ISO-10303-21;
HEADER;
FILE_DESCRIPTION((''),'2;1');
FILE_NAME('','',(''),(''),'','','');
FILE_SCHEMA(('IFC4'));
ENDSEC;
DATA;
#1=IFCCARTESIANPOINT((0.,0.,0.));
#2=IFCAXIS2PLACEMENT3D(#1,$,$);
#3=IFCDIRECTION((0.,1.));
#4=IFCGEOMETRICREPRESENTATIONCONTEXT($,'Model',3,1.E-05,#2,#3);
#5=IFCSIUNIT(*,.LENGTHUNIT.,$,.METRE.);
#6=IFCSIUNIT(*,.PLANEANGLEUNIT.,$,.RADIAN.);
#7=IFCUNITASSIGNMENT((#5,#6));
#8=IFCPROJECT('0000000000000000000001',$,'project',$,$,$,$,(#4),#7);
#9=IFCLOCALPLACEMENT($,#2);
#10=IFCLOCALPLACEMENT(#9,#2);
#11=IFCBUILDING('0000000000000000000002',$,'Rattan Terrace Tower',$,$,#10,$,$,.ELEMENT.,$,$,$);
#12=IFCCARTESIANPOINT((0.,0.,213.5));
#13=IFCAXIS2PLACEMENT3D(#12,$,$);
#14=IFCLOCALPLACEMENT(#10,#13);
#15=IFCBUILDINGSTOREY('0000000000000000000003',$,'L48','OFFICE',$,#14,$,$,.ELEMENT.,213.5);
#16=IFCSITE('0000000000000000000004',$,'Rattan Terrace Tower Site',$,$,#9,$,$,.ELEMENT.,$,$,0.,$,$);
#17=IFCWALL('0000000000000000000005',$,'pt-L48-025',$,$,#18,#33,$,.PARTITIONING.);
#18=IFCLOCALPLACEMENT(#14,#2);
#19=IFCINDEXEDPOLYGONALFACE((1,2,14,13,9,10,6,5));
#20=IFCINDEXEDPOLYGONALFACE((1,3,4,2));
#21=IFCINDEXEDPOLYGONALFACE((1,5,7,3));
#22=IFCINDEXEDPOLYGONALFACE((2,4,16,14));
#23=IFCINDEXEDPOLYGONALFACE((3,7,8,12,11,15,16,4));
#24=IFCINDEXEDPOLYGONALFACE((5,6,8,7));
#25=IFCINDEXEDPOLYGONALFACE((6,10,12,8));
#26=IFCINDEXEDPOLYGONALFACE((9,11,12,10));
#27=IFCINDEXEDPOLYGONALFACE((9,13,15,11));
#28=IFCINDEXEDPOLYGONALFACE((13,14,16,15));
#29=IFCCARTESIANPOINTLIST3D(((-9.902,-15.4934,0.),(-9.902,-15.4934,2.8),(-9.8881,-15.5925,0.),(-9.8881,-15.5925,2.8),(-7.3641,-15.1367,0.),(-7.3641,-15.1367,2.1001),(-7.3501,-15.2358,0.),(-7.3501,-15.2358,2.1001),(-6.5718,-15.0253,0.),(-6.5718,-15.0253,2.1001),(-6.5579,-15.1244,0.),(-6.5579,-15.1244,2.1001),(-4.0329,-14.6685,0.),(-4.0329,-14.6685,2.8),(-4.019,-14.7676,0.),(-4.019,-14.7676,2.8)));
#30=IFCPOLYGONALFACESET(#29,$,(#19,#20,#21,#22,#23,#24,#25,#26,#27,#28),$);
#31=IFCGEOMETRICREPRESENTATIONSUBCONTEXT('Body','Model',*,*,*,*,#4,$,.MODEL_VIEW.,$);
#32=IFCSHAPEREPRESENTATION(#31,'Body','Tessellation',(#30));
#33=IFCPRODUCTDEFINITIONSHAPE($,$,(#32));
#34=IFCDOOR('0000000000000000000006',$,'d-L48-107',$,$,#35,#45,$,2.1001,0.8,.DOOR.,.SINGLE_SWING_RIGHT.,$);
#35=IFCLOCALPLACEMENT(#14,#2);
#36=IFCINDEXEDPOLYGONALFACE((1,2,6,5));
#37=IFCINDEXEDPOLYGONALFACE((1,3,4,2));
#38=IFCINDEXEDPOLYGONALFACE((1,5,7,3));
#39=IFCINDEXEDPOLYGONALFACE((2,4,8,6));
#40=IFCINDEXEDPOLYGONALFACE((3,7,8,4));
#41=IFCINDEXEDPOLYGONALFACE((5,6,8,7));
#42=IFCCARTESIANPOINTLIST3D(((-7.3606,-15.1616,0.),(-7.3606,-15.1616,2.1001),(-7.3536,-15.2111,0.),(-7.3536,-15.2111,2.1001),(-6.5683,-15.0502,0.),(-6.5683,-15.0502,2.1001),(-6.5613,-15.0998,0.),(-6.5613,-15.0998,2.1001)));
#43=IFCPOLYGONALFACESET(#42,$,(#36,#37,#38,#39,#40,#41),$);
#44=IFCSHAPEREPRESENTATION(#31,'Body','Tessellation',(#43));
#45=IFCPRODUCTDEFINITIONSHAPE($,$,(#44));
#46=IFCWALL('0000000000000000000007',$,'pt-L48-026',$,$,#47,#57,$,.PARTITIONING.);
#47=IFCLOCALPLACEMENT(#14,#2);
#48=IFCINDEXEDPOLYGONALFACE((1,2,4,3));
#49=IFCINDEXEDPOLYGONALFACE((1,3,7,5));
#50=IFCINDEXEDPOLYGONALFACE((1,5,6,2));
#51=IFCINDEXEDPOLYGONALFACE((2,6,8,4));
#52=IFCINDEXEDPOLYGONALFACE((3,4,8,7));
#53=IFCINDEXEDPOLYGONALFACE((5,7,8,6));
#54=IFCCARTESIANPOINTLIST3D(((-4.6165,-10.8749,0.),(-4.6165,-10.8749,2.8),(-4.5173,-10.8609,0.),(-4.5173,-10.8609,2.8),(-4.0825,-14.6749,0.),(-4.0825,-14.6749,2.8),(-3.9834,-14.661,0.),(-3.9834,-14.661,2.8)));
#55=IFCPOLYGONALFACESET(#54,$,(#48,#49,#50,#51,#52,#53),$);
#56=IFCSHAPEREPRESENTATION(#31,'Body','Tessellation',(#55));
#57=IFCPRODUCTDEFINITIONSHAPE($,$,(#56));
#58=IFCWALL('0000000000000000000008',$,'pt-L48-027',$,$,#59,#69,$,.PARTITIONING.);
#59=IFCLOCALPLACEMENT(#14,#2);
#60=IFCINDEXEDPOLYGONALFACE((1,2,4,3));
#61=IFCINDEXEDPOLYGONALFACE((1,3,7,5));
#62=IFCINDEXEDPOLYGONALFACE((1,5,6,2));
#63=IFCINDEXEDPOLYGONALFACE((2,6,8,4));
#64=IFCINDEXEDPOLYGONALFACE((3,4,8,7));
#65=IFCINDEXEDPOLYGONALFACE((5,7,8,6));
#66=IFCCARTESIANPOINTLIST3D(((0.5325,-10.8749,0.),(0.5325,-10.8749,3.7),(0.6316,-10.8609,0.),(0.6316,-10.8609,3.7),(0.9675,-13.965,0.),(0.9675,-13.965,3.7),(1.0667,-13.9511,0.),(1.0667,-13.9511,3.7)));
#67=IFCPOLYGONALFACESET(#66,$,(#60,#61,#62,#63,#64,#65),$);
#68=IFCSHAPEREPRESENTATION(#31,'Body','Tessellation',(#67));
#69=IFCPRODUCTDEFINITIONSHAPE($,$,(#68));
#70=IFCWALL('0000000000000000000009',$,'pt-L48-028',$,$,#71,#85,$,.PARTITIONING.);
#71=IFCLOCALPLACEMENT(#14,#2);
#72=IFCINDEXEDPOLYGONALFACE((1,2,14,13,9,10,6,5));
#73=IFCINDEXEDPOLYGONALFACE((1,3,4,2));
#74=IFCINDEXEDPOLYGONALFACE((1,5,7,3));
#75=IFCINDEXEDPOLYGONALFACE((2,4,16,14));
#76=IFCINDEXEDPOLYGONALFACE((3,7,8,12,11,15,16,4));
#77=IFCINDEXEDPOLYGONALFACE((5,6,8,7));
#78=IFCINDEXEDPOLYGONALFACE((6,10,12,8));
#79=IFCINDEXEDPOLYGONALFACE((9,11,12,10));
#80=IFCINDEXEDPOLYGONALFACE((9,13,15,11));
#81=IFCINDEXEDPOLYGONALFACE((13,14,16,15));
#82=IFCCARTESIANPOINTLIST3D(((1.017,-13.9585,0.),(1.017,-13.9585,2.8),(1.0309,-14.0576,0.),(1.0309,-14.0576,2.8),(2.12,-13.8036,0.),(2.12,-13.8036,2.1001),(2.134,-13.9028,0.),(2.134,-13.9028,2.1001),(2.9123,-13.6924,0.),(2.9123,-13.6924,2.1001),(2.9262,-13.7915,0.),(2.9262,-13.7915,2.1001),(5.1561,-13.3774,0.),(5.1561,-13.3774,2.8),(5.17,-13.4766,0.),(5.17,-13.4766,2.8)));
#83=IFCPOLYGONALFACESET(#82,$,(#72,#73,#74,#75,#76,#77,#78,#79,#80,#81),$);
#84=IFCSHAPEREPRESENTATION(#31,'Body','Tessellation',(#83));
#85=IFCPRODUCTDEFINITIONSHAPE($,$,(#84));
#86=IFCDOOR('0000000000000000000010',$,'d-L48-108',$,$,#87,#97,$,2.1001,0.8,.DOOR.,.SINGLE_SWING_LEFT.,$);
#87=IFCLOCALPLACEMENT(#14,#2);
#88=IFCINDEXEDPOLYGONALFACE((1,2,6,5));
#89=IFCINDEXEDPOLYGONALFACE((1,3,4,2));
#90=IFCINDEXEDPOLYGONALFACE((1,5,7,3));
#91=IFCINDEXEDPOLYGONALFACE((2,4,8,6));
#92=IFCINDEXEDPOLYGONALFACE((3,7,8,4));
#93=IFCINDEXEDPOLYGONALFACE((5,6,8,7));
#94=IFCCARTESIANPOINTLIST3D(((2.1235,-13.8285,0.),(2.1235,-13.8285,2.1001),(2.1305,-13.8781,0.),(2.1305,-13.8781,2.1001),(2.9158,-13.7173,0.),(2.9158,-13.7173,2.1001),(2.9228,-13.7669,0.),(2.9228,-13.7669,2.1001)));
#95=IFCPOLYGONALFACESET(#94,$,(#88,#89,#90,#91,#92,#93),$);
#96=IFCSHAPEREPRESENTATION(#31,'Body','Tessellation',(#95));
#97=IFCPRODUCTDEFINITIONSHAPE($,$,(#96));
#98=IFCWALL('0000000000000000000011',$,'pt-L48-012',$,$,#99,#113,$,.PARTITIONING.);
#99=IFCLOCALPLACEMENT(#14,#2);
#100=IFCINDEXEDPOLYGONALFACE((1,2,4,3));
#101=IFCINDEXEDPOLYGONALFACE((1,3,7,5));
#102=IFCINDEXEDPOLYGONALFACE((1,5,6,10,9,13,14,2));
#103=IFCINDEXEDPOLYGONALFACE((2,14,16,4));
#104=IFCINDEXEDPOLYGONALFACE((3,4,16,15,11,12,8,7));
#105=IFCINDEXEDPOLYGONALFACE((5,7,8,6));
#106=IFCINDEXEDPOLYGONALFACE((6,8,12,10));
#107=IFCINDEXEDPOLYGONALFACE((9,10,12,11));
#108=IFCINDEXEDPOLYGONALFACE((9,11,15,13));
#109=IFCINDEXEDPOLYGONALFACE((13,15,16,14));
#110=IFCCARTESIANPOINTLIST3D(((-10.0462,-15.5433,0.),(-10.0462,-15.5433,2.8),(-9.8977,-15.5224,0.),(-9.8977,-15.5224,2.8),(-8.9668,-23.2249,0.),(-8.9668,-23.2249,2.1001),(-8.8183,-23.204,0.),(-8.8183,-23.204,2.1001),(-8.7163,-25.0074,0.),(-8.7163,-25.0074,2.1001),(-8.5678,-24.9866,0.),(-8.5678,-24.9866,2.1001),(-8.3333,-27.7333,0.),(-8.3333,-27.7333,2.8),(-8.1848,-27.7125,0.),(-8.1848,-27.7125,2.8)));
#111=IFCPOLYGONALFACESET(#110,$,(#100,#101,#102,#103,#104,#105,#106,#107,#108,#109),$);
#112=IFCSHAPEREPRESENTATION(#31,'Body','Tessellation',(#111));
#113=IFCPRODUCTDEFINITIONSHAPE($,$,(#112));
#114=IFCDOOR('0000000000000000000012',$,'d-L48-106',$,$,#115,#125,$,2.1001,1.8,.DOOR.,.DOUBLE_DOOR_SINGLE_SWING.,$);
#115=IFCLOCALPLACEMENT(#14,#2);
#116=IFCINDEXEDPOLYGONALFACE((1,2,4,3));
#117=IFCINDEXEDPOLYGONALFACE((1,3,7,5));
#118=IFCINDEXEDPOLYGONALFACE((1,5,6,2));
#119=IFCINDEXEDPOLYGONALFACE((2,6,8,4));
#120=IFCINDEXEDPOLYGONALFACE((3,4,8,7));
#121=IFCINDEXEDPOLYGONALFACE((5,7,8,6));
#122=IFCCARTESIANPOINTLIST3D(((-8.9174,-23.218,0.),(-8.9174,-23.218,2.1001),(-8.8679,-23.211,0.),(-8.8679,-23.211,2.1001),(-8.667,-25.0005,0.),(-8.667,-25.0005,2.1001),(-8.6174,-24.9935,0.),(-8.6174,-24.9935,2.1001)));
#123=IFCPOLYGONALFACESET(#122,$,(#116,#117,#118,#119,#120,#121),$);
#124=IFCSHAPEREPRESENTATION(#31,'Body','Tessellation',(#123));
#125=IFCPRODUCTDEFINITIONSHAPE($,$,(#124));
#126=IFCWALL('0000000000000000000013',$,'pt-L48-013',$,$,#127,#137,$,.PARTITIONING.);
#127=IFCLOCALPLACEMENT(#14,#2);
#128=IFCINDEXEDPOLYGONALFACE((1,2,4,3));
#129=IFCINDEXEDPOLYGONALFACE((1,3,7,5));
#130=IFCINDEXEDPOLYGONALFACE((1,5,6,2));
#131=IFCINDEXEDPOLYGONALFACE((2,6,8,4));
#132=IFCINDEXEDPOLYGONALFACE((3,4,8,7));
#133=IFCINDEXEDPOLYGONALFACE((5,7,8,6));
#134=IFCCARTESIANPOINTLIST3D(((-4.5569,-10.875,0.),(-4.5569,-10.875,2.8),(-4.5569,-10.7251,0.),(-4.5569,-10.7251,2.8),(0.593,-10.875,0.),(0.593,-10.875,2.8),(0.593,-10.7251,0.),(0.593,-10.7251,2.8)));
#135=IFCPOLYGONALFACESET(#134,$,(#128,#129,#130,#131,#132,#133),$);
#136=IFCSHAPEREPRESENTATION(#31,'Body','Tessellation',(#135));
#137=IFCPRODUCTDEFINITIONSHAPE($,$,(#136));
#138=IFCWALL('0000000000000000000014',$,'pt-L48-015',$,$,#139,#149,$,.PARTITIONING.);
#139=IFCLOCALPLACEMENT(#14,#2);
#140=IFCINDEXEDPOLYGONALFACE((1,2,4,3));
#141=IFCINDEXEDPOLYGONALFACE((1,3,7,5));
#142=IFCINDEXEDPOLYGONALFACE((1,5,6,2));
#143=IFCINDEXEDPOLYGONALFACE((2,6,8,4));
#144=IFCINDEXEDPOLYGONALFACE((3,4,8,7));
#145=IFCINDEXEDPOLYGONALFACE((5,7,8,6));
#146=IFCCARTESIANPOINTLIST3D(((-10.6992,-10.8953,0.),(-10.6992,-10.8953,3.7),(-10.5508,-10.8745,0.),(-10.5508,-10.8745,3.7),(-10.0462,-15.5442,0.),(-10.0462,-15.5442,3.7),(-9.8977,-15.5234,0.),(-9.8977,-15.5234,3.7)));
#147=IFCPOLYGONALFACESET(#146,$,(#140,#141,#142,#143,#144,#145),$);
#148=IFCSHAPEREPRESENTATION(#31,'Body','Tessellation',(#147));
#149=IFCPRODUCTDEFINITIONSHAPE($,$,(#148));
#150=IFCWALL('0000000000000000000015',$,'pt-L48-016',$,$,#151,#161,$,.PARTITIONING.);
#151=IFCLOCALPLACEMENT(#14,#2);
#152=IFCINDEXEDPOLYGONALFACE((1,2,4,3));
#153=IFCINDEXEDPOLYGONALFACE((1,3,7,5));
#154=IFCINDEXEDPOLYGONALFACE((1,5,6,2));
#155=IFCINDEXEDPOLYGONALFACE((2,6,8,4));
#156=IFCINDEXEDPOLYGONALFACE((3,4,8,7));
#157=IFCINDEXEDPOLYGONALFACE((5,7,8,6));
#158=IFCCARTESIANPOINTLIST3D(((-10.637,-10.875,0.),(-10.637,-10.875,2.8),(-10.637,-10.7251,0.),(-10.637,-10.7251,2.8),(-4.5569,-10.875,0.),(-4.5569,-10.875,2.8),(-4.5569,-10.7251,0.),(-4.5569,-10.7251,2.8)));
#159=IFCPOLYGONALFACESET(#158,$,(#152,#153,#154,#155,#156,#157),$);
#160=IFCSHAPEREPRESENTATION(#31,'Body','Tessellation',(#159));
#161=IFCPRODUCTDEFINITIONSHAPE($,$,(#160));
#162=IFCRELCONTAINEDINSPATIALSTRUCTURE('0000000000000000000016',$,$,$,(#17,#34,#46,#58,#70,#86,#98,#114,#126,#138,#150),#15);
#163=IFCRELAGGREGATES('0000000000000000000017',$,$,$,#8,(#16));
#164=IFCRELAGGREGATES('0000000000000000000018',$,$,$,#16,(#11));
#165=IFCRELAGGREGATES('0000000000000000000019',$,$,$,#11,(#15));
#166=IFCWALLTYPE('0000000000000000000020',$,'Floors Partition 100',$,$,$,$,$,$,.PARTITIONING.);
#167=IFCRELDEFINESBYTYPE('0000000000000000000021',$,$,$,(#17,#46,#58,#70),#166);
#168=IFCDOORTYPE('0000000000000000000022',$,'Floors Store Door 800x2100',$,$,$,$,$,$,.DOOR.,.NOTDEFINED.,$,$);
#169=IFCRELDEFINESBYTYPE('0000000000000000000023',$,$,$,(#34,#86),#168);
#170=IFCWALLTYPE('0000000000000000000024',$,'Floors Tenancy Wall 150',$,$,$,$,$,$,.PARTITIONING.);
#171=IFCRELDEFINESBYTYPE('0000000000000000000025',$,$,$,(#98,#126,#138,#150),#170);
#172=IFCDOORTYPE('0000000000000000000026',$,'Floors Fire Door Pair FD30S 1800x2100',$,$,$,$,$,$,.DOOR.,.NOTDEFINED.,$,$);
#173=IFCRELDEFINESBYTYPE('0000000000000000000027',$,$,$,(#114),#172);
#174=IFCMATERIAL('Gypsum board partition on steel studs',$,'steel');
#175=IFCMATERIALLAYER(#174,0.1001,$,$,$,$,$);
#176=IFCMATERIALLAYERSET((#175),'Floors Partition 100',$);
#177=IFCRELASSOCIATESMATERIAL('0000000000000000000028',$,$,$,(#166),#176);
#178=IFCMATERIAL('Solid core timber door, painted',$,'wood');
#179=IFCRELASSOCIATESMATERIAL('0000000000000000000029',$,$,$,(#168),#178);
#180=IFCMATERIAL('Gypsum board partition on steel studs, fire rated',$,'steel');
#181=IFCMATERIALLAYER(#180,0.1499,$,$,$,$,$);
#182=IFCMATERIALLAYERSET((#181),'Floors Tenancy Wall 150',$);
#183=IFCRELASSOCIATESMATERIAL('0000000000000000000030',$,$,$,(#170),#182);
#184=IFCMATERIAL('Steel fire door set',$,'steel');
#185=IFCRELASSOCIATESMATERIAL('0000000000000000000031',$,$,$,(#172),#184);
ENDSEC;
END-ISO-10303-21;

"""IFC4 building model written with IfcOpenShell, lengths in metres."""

from ifc_helpers import new_model, si_unit, direction, frame, frame_2d, origin, place, context, subcontext, project, spatial, rectangle, extrude, material, layer, layer_set, type_object, element, fill, save


model = new_model("IFC4")

# Units and contexts
model_context = context("Model", 3, precision=1e-05, world=origin(), true_north=direction((0.0, 1.0)))
body_context = subcontext(model_context, "Body", "Model", "MODEL_VIEW")
ifc_project = project(units=[si_unit("LENGTHUNIT", "METRE"), si_unit("PLANEANGLEUNIT", "RADIAN")], contexts=[model_context])

# Site, building, storey
site_placement = place(None, origin())
site = spatial("IfcSite", under=ifc_project, at=site_placement, Name="Rattan Terrace Tower Site", CompositionType="ELEMENT", RefElevation=0.0)
building_placement = place(site_placement, origin())
building = spatial("IfcBuilding", under=site, at=building_placement, Name="Rattan Terrace Tower", CompositionType="ELEMENT")
storey_placement = place(building_placement, frame((0.0, 0.0, 213.5)))
storey = spatial("IfcBuildingStorey", under=building, at=storey_placement, Name="L48", Description="OFFICE", CompositionType="ELEMENT", Elevation=213.5)

# Wall, opening, door
ifc_material_1 = material(Name="Gypsum board partition on steel studs", Category="steel")
ifc_layer_1 = layer(ifc_material_1, 0.1001)
ifc_layer_set_1 = layer_set([ifc_layer_1], Name="Floors Partition 100")
wall_type_1 = type_object("IfcWallType", Name="Floors Partition 100", PredefinedType="PARTITIONING", material=ifc_layer_set_1)
wall_1_placement = place(storey_placement, frame((-9.895, -15.543, 0.0), z_axis=(0.0, 0.0, 1.0), x_axis=(0.990266, 0.139189, 0.0)))
wall_1 = element("IfcWall", 1, at=wall_1_placement, inside=storey, type_object=wall_type_1, Name="pt-L48-025", PredefinedType="PARTITIONING", context=body_context, shape_type="SweptSolid", body=[
    extrude(rectangle(XDim=5.9268, YDim=0.1001, at=frame_2d((2.9634, 0.0))), origin(), (0.0, 0.0, 1.0), 2.8),
])
opening_1_placement = place(wall_1_placement, frame((2.563, 0.0, 0.0)))
opening_1 = element("IfcOpeningElement", 2, at=opening_1_placement, cuts=wall_1, PredefinedType="OPENING", context=body_context, shape_type="SweptSolid", body=[
    extrude(rectangle(XDim=0.8, YDim=2.1001, at=frame_2d((0.3999, 1.05))), frame((0.0, 0.0605, 0.0), z_axis=(0.0, -1.0, 0.0), x_axis=(1.0, 0.0, 0.0)), (0.0, 0.0, 1.0), 0.1211),
])
ifc_material_2 = material(Name="Solid core timber door, painted", Category="wood")
door_type_1 = type_object("IfcDoorType", Name="Floors Store Door 800x2100", OperationType="NOTDEFINED", PredefinedType="DOOR", material=ifc_material_2)
door_1_placement = place(opening_1_placement, origin())
door_1 = element("IfcDoor", 3, at=door_1_placement, inside=storey, type_object=door_type_1, Name="d-L48-107", OperationType="SINGLE_SWING_RIGHT", OverallHeight=2.1001, OverallWidth=0.8, PredefinedType="DOOR", context=body_context, shape_type="SweptSolid", body=[
    extrude(rectangle(XDim=0.8, YDim=2.1001, at=frame_2d((0.3999, 1.05))), frame((0.0, 0.0249, 0.0), z_axis=(0.0, -1.0, 0.0), x_axis=(1.0, 0.0, 0.0)), (0.0, 0.0, 1.0), 0.05),
])
fill(opening_1, door_1)

# Walls
wall_2_placement = place(storey_placement, frame((-4.033, -14.668, 0.0), z_axis=(0.0, 0.0, 1.0), x_axis=(-0.139141, 0.990273, 0.0)))
element("IfcWall", 4, at=wall_2_placement, inside=storey, type_object=wall_type_1, Name="pt-L48-026", PredefinedType="PARTITIONING", context=body_context, shape_type="SweptSolid", body=[
    extrude(rectangle(XDim=3.8374, YDim=0.1001, at=frame_2d((1.9187, 0.0))), origin(), (0.0, 0.0, 1.0), 2.8),
])
wall_3_placement = place(storey_placement, frame((0.582, -10.8679, 0.0), z_axis=(0.0, 0.0, 1.0), x_axis=(0.139417, -0.990234, 0.0)))
element("IfcWall", 5, at=wall_3_placement, inside=storey, type_object=wall_type_1, Name="pt-L48-027", PredefinedType="PARTITIONING", context=body_context, shape_type="SweptSolid", body=[
    extrude(rectangle(XDim=3.1206, YDim=0.1001, at=frame_2d((1.5603, 0.0))), origin(), (0.0, 0.0, 1.0), 3.7),
])

# Walls, openings, doors
wall_4_placement = place(storey_placement, frame((1.0239, -14.0081, 0.0), z_axis=(0.0, 0.0, 1.0), x_axis=(0.99029, 0.139017, 0.0)))
wall_4 = element("IfcWall", 6, at=wall_4_placement, inside=storey, type_object=wall_type_1, Name="pt-L48-028", PredefinedType="PARTITIONING", context=body_context, shape_type="SweptSolid", body=[
    extrude(rectangle(XDim=4.1797, YDim=0.1001, at=frame_2d((2.0898, 0.0))), origin(), (0.0, 0.0, 1.0), 2.8),
])
opening_2_placement = place(wall_4_placement, frame((1.114, 0.0, 0.0)))
opening_2 = element("IfcOpeningElement", 7, at=opening_2_placement, cuts=wall_4, PredefinedType="OPENING", context=body_context, shape_type="SweptSolid", body=[
    extrude(rectangle(XDim=0.8, YDim=2.1001, at=frame_2d((0.3999, 1.05))), frame((0.0, 0.0605, 0.0), z_axis=(0.0, -1.0, 0.0), x_axis=(1.0, 0.0, 0.0)), (0.0, 0.0, 1.0), 0.1211),
])
door_2_placement = place(opening_2_placement, origin())
door_2 = element("IfcDoor", 8, at=door_2_placement, inside=storey, type_object=door_type_1, Name="d-L48-108", OperationType="SINGLE_SWING_LEFT", OverallHeight=2.1001, OverallWidth=0.8, PredefinedType="DOOR", context=body_context, shape_type="SweptSolid", body=[
    extrude(rectangle(XDim=0.8, YDim=2.1001, at=frame_2d((0.3999, 1.05))), frame((0.0, 0.0249, 0.0), z_axis=(0.0, -1.0, 0.0), x_axis=(1.0, 0.0, 0.0)), (0.0, 0.0, 1.0), 0.05),
])
fill(opening_2, door_2)
ifc_material_3 = material(Name="Gypsum board partition on steel studs, fire rated", Category="steel")
ifc_layer_2 = layer(ifc_material_3, 0.1499)
ifc_layer_set_2 = layer_set([ifc_layer_2], Name="Floors Tenancy Wall 150")
wall_type_2 = type_object("IfcWallType", Name="Floors Tenancy Wall 150", PredefinedType="PARTITIONING", material=ifc_layer_set_2)
wall_5_placement = place(storey_placement, frame((-9.9719, -15.533, 0.0), z_axis=(0.0, 0.0, 1.0), x_axis=(0.13915, -0.990271, 0.0)))
wall_5 = element("IfcWall", 9, at=wall_5_placement, inside=storey, type_object=wall_type_2, Name="pt-L48-012", PredefinedType="PARTITIONING", context=body_context, shape_type="SweptSolid", body=[
    extrude(rectangle(XDim=12.3098, YDim=0.1499, at=frame_2d((6.1548, 0.0))), origin(), (0.0, 0.0, 1.0), 2.8),
])
opening_3_placement = place(wall_5_placement, frame((7.7571, 0.0, 0.0)))
opening_3 = element("IfcOpeningElement", 10, at=opening_3_placement, cuts=wall_5, PredefinedType="OPENING", context=body_context, shape_type="SweptSolid", body=[
    extrude(rectangle(XDim=1.8, YDim=2.1001, at=frame_2d((0.8999, 1.05))), frame((0.0, 0.0854, 0.0), z_axis=(0.0, -1.0, 0.0), x_axis=(1.0, 0.0, 0.0)), (0.0, 0.0, 1.0), 0.1709),
])
ifc_material_4 = material(Name="Steel fire door set", Category="steel")
door_type_2 = type_object("IfcDoorType", Name="Floors Fire Door Pair FD30S 1800x2100", OperationType="NOTDEFINED", PredefinedType="DOOR", material=ifc_material_4)
door_3_placement = place(opening_3_placement, origin())
door_3 = element("IfcDoor", 11, at=door_3_placement, inside=storey, type_object=door_type_2, Name="d-L48-106", OperationType="DOUBLE_DOOR_SINGLE_SWING", OverallHeight=2.1001, OverallWidth=1.8, PredefinedType="DOOR", context=body_context, shape_type="SweptSolid", body=[
    extrude(rectangle(XDim=1.8, YDim=2.1001, at=frame_2d((0.8999, 1.05))), frame((0.0, 0.0249, 0.0), z_axis=(0.0, -1.0, 0.0), x_axis=(1.0, 0.0, 0.0)), (0.0, 0.0, 1.0), 0.05),
])
fill(opening_3, door_3)

# Walls
wall_6_placement = place(storey_placement, frame((0.593, -10.8, 0.0), z_axis=(0.0, 0.0, 1.0), x_axis=(-1.0, 0.0, 0.0)))
element("IfcWall", 12, at=wall_6_placement, inside=storey, type_object=wall_type_2, Name="pt-L48-013", PredefinedType="PARTITIONING", context=body_context, shape_type="SweptSolid", body=[
    extrude(rectangle(XDim=5.1499, YDim=0.1499, at=frame_2d((2.575, 0.0))), origin(), (0.0, 0.0, 1.0), 2.8),
])
wall_7_placement = place(storey_placement, frame((-10.625, -10.885, 0.0), z_axis=(0.0, 0.0, 1.0), x_axis=(0.139113, -0.990277, 0.0)))
element("IfcWall", 13, at=wall_7_placement, inside=storey, type_object=wall_type_2, Name="pt-L48-015", PredefinedType="PARTITIONING", context=body_context, shape_type="SweptSolid", body=[
    extrude(rectangle(XDim=4.6946, YDim=0.1499, at=frame_2d((2.3472, 0.0))), origin(), (0.0, 0.0, 1.0), 3.7),
])
wall_8_placement = place(storey_placement, frame((-4.5569, -10.8, 0.0), z_axis=(0.0, 0.0, 1.0), x_axis=(-1.0, 0.0, 0.0)))
element("IfcWall", 14, at=wall_8_placement, inside=storey, type_object=wall_type_2, Name="pt-L48-016", PredefinedType="PARTITIONING", context=body_context, shape_type="SweptSolid", body=[
    extrude(rectangle(XDim=6.0801, YDim=0.1499, at=frame_2d((3.04, 0.0))), origin(), (0.0, 0.0, 1.0), 2.8),
])

save(model, "model.ifc")
